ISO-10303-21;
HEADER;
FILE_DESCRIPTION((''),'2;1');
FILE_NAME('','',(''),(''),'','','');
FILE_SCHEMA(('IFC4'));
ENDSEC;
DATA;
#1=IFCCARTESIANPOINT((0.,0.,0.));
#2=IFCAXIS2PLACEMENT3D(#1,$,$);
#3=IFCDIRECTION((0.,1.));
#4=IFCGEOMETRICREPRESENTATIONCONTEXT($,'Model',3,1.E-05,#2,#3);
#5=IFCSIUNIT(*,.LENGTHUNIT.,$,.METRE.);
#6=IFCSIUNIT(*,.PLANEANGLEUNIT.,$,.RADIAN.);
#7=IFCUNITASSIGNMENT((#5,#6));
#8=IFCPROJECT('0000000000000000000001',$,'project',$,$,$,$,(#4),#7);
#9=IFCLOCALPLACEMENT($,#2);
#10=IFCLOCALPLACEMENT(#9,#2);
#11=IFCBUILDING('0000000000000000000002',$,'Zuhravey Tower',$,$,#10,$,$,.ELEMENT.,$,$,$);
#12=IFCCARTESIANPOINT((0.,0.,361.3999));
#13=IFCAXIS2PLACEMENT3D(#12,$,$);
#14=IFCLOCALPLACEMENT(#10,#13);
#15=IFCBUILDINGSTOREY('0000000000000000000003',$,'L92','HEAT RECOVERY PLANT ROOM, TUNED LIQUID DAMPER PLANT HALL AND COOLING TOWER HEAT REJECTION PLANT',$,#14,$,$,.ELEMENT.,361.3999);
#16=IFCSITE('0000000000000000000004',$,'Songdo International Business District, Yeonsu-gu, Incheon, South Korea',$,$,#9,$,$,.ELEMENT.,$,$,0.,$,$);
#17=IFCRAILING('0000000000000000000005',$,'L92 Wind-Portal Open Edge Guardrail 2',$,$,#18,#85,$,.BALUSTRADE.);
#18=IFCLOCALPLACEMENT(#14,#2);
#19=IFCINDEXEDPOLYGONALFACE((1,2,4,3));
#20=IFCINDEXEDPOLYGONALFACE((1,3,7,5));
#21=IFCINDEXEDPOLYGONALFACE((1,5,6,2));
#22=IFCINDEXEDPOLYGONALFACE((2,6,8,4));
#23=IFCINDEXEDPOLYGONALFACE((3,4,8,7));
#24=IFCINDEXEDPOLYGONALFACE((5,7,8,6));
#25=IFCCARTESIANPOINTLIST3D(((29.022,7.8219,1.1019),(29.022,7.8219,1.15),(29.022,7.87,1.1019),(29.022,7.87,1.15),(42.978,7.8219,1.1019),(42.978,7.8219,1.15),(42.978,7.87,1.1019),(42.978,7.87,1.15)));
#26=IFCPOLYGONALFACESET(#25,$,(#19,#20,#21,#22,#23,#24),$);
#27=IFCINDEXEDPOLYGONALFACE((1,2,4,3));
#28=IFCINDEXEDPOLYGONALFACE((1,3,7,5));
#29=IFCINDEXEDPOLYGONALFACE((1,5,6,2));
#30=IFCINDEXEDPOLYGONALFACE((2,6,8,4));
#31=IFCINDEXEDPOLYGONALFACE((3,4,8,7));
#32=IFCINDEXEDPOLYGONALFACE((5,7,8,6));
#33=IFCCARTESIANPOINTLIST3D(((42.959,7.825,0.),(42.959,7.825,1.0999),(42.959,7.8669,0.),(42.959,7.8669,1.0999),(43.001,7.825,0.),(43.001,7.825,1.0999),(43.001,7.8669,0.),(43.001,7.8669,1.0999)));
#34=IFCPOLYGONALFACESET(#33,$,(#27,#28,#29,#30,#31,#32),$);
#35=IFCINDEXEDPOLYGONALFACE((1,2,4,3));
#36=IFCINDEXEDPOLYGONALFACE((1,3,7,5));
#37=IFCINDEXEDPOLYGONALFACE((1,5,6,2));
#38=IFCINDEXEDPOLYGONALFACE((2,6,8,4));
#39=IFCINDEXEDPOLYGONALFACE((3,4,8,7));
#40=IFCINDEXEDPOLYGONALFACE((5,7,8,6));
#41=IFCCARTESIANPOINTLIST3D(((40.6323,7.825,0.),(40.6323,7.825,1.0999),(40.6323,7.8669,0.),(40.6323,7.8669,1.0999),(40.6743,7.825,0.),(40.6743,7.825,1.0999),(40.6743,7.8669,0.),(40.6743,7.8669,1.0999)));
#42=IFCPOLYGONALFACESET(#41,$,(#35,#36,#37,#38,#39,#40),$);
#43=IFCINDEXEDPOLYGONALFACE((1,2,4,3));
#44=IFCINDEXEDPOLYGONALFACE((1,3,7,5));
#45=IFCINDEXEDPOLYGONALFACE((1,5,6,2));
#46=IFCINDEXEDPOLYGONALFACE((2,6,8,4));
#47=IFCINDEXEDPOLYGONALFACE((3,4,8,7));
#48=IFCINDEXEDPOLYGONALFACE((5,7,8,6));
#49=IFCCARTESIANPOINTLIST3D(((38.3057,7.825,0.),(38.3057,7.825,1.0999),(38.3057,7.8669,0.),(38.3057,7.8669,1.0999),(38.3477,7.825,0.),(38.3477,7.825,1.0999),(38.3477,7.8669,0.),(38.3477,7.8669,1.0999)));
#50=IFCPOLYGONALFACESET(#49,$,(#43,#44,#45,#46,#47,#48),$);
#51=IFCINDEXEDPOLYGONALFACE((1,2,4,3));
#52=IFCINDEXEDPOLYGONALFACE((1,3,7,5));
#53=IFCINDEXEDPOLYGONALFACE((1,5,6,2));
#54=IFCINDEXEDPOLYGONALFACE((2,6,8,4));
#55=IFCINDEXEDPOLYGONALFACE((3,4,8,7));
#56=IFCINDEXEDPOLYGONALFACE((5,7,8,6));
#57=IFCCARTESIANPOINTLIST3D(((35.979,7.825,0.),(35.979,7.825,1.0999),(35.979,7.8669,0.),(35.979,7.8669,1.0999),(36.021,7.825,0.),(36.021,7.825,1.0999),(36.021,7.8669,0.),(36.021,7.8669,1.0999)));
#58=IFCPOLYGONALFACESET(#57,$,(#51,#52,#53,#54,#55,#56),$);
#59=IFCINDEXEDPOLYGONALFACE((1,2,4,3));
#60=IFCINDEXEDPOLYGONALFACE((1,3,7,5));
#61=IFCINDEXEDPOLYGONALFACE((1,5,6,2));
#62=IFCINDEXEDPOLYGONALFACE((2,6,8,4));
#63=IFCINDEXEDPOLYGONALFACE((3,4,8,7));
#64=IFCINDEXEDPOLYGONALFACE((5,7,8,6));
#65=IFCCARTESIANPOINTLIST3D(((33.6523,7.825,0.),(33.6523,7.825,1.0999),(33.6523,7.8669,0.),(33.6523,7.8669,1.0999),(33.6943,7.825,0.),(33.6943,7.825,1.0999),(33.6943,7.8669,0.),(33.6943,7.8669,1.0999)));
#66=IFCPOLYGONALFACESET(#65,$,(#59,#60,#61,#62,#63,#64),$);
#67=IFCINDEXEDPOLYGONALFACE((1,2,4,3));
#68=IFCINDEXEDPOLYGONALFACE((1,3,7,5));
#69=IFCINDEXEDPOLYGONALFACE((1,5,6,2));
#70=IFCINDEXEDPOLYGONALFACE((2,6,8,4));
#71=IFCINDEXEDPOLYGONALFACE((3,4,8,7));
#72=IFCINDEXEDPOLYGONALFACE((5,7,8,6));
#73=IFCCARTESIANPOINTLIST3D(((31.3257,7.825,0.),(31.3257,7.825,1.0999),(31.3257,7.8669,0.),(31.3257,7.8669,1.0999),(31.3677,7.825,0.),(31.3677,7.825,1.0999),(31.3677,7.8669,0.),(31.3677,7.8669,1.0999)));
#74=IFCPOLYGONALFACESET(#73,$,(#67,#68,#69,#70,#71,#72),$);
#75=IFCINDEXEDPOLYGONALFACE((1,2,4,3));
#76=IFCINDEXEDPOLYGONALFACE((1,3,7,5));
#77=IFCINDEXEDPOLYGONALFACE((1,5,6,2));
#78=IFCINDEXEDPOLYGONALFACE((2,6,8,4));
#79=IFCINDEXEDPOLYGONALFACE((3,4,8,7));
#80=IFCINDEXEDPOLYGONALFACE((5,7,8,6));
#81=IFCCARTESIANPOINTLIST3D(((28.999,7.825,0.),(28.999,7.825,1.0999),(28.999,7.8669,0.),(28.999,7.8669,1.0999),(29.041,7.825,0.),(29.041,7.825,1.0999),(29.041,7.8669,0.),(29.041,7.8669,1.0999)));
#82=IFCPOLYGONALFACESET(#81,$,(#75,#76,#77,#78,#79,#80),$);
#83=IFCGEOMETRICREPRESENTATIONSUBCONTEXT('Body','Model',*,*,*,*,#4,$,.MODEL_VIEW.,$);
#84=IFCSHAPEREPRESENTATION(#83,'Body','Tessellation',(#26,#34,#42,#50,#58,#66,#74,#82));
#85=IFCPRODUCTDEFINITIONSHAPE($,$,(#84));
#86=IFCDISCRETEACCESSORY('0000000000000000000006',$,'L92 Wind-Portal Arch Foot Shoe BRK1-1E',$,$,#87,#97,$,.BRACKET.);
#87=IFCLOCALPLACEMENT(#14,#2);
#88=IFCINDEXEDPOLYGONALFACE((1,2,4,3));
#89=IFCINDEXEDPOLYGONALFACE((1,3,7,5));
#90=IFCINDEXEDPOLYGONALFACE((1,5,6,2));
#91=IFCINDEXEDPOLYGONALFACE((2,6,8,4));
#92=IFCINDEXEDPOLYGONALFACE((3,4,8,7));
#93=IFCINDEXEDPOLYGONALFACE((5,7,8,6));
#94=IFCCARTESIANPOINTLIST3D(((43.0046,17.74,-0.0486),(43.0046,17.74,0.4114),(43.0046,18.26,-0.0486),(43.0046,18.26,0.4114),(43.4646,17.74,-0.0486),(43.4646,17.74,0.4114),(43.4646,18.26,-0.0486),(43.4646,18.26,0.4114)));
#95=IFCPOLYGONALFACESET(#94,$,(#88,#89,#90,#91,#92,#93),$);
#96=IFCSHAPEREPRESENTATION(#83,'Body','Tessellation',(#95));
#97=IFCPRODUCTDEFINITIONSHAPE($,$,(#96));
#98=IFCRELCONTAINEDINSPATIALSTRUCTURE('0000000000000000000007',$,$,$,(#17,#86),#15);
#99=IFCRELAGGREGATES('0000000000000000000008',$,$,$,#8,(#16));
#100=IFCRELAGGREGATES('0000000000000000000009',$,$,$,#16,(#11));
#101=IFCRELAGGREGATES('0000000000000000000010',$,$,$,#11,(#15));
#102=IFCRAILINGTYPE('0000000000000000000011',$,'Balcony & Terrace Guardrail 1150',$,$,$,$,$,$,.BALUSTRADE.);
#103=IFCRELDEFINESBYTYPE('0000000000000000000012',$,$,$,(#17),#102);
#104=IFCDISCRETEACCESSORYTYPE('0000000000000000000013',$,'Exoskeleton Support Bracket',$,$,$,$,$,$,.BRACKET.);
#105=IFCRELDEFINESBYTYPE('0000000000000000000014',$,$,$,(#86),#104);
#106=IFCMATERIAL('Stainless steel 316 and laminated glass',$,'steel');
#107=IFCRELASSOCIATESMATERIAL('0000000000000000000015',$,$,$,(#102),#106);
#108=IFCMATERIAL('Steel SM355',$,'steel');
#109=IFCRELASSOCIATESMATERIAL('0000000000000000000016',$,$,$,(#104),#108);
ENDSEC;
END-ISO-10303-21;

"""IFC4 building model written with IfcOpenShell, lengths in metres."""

from ifc_helpers import new_model, si_unit, direction, frame, origin, origin_2d, place, context, subcontext, project, spatial, rectangle, extrude, material, type_object, element, save


model = new_model("IFC4")

# Units and contexts
model_context = context("Model", 3, precision=1e-05, world=origin(), true_north=direction((0.0, 1.0)))
body_context = subcontext(model_context, "Body", "Model", "MODEL_VIEW")
ifc_project = project(units=[si_unit("LENGTHUNIT", "METRE"), si_unit("PLANEANGLEUNIT", "RADIAN")], contexts=[model_context])

# Site, building, storey
site_placement = place(None, origin())
site = spatial("IfcSite", under=ifc_project, at=site_placement, Name="Songdo International Business District, Yeonsu-gu, Incheon, South Korea", CompositionType="ELEMENT", RefElevation=0.0)
building_placement = place(site_placement, origin())
building = spatial("IfcBuilding", under=site, at=building_placement, Name="Zuhravey Tower", CompositionType="ELEMENT")
storey_placement = place(building_placement, frame((0.0, 0.0, 361.3999)))
storey = spatial("IfcBuildingStorey", under=building, at=storey_placement, Name="L92", Description="HEAT RECOVERY PLANT ROOM, TUNED LIQUID DAMPER PLANT HALL AND COOLING TOWER HEAT REJECTION PLANT", CompositionType="ELEMENT", Elevation=361.3999)

# Shared definitions
ifc_material_1 = material(Name="Steel SM355", Category="steel")

# Railing
ifc_material_2 = material(Name="Stainless steel 316 and laminated glass", Category="steel")
railing_type = type_object("IfcRailingType", Name="Balcony & Terrace Guardrail 1150", PredefinedType="BALUSTRADE", material=ifc_material_2)
railing_placement = place(storey_placement, frame((42.98, 7.8459, 0.0)))
element("IfcRailing", 1, at=railing_placement, inside=storey, type_object=railing_type, Name="L92 Wind-Portal Open Edge Guardrail 2", PredefinedType="BALUSTRADE", context=body_context, shape_type="SweptSolid", body=[
    extrude(rectangle(XDim=0.0481, YDim=0.0481, at=origin_2d()), frame((-0.002, 0.0, 1.126), z_axis=(-1.0, 0.0, 0.0), x_axis=(0.0, -1.0, 0.0)), (0.0, 0.0, 1.0), 13.9561),
    extrude(rectangle(XDim=0.042, YDim=0.042, at=origin_2d()), origin(), (0.0, 0.0, 1.0), 1.0999),
    extrude(rectangle(XDim=0.042, YDim=0.042, at=origin_2d()), frame((-2.3267, 0.0, 0.0)), (0.0, 0.0, 1.0), 1.0999),
    extrude(rectangle(XDim=0.042, YDim=0.042, at=origin_2d()), frame((-4.6533, 0.0, 0.0)), (0.0, 0.0, 1.0), 1.0999),
    extrude(rectangle(XDim=0.042, YDim=0.042, at=origin_2d()), frame((-6.98, 0.0, 0.0)), (0.0, 0.0, 1.0), 1.0999),
    extrude(rectangle(XDim=0.042, YDim=0.042, at=origin_2d()), frame((-9.3066, 0.0, 0.0)), (0.0, 0.0, 1.0), 1.0999),
    extrude(rectangle(XDim=0.042, YDim=0.042, at=origin_2d()), frame((-11.6333, 0.0, 0.0)), (0.0, 0.0, 1.0), 1.0999),
    extrude(rectangle(XDim=0.042, YDim=0.042, at=origin_2d()), frame((-13.96, 0.0, 0.0)), (0.0, 0.0, 1.0), 1.0999),
])

# Discrete accessory
discrete_accessory_type = type_object("IfcDiscreteAccessoryType", Name="Exoskeleton Support Bracket", PredefinedType="BRACKET", material=ifc_material_1)
discrete_accessory_placement = place(storey_placement, frame((43.2346, 18.0, -0.0486), z_axis=(0.0, 0.0, 1.0), x_axis=(1.0, 0.0, 0.0)))
element("IfcDiscreteAccessory", 2, at=discrete_accessory_placement, inside=storey, type_object=discrete_accessory_type, Name="L92 Wind-Portal Arch Foot Shoe BRK1-1E", PredefinedType="BRACKET", context=body_context, shape_type="SweptSolid", body=[
    extrude(rectangle(XDim=0.46, YDim=0.52, at=origin_2d()), origin(), (0.0, 0.0, 1.0), 0.46),
])

save(model, "model.ifc")
